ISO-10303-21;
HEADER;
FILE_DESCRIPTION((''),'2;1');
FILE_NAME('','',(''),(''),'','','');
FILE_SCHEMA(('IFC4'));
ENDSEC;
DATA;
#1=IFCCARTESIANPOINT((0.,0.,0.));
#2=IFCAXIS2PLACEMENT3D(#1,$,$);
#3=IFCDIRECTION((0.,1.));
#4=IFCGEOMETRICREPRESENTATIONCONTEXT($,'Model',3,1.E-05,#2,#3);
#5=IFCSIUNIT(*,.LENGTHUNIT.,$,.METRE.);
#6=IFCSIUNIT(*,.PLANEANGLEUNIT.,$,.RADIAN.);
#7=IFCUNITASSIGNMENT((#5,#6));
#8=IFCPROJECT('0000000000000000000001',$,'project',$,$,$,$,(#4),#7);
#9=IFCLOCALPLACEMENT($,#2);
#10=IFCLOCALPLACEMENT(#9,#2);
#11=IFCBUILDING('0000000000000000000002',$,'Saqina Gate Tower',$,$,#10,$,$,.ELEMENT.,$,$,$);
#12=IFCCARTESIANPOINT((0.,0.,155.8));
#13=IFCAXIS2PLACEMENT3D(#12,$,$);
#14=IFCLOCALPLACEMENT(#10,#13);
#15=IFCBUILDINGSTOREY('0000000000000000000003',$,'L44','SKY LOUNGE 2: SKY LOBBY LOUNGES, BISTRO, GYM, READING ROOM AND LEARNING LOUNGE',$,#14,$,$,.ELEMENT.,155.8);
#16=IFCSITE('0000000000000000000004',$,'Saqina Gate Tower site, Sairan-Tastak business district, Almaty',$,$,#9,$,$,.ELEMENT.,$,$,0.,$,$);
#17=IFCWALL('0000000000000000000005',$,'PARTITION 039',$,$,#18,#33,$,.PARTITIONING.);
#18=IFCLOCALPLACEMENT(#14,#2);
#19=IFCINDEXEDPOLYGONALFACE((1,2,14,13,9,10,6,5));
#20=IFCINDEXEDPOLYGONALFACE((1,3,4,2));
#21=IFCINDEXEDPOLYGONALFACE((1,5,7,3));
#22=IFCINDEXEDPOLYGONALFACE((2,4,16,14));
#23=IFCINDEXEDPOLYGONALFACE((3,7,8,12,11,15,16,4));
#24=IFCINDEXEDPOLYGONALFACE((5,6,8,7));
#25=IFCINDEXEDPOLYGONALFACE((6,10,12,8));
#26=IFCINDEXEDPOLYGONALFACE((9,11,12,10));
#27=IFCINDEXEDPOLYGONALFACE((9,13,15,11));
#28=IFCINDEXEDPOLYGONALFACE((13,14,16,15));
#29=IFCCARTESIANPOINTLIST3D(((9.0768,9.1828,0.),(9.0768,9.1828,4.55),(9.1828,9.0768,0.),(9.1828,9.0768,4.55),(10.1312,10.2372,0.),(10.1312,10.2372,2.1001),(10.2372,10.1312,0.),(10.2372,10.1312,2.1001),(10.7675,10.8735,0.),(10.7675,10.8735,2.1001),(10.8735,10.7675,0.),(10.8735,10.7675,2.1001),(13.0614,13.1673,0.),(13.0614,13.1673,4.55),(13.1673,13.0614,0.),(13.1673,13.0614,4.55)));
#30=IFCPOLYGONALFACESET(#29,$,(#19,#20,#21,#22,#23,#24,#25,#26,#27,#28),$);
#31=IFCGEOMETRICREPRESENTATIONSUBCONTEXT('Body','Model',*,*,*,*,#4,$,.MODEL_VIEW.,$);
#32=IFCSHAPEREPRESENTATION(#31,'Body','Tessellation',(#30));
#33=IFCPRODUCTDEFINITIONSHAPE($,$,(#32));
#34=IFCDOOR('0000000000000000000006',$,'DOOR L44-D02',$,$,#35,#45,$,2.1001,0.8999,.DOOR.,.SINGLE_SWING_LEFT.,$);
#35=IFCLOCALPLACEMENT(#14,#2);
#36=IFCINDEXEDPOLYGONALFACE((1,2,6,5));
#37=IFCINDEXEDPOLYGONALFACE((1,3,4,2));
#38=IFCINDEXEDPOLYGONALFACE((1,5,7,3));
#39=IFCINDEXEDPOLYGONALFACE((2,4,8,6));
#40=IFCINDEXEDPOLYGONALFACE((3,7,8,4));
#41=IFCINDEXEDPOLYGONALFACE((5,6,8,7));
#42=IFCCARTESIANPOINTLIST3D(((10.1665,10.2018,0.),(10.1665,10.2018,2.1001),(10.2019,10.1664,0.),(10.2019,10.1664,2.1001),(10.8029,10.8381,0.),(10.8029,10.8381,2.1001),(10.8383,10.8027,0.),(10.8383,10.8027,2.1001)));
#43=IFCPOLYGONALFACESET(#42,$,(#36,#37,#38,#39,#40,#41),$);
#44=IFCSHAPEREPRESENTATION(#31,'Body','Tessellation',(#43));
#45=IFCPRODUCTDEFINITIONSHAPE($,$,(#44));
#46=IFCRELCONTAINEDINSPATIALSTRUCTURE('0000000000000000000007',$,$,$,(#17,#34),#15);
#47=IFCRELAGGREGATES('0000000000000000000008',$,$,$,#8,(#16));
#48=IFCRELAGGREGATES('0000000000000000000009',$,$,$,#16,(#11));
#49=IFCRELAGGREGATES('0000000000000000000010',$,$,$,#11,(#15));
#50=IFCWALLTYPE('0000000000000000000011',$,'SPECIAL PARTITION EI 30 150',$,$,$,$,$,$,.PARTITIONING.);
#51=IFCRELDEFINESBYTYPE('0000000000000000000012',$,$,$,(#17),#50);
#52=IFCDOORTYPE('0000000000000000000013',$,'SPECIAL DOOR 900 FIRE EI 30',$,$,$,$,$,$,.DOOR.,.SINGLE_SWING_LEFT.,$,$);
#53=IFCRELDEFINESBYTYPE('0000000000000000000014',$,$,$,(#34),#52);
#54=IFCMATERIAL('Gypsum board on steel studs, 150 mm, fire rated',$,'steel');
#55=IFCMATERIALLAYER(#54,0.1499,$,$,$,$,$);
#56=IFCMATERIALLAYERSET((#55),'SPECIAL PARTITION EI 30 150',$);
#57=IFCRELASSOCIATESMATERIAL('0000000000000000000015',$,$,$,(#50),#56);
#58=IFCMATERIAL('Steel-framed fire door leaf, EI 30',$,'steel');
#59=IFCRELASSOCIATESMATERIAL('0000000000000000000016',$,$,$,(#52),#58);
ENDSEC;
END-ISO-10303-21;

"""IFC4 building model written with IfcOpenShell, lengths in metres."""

from ifc_helpers import new_model, si_unit, direction, frame, frame_2d, origin, place, context, subcontext, project, spatial, rectangle, extrude, material, layer, layer_set, type_object, element, fill, save


model = new_model("IFC4")

# Units and contexts
model_context = context("Model", 3, precision=1e-05, world=origin(), true_north=direction((0.0, 1.0)))
body_context = subcontext(model_context, "Body", "Model", "MODEL_VIEW")
ifc_project = project(units=[si_unit("LENGTHUNIT", "METRE"), si_unit("PLANEANGLEUNIT", "RADIAN")], contexts=[model_context])

# Site, building, storey
site_placement = place(None, origin())
site = spatial("IfcSite", under=ifc_project, at=site_placement, Name="Saqina Gate Tower site, Sairan-Tastak business district, Almaty", CompositionType="ELEMENT", RefElevation=0.0)
building_placement = place(site_placement, origin())
building = spatial("IfcBuilding", under=site, at=building_placement, Name="Saqina Gate Tower", CompositionType="ELEMENT")
storey_placement = place(building_placement, frame((0.0, 0.0, 155.8)))
storey = spatial("IfcBuildingStorey", under=building, at=storey_placement, Name="L44", Description="SKY LOUNGE 2: SKY LOBBY LOUNGES, BISTRO, GYM, READING ROOM AND LEARNING LOUNGE", CompositionType="ELEMENT", Elevation=155.8)

# Shared definitions
ifc_material_1 = material(Name="Gypsum board on steel studs, 150 mm, fire rated", Category="steel")
ifc_layer_1 = layer(ifc_material_1, 0.1499)
ifc_layer_set_1 = layer_set([ifc_layer_1], Name="SPECIAL PARTITION EI 30 150")
wall_type_1 = type_object("IfcWallType", Name="SPECIAL PARTITION EI 30 150", PredefinedType="PARTITIONING", material=ifc_layer_set_1)
ifc_material_2 = material(Name="Steel-framed fire door leaf, EI 30", Category="steel")
door_type_1 = type_object("IfcDoorType", Name="SPECIAL DOOR 900 FIRE EI 30", OperationType="SINGLE_SWING_LEFT", PredefinedType="DOOR", material=ifc_material_2)

# Wall, opening, door
wall_1_placement = place(storey_placement, frame((9.1299, 9.1299, 0.0), z_axis=(0.0, 0.0, 1.0), x_axis=(0.707107, 0.707107, 0.0)))
wall_1 = element("IfcWall", 1, at=wall_1_placement, inside=storey, type_object=wall_type_1, Name="PARTITION 039", PredefinedType="PARTITIONING", context=body_context, shape_type="SweptSolid", body=[
    extrude(rectangle(XDim=5.635, YDim=0.1499, at=frame_2d((2.8174, 0.0))), origin(), (0.0, 0.0, 1.0), 4.55),
])
opening_1_placement = place(wall_1_placement, frame((1.491, 0.0, 0.0)))
opening_1 = element("IfcOpeningElement", 2, at=opening_1_placement, cuts=wall_1, PredefinedType="OPENING", context=body_context, shape_type="SweptSolid", body=[
    extrude(rectangle(XDim=0.8999, YDim=2.1001, at=frame_2d((0.45, 1.05))), frame((0.0, 0.0869, 0.0), z_axis=(0.0, -1.0, 0.0), x_axis=(1.0, 0.0, 0.0)), (0.0, 0.0, 1.0), 0.1738),
])
door_1_placement = place(opening_1_placement, origin())
door_1 = element("IfcDoor", 3, at=door_1_placement, inside=storey, type_object=door_type_1, Name="DOOR L44-D02", OperationType="SINGLE_SWING_LEFT", OverallHeight=2.1001, OverallWidth=0.8999, PredefinedType="DOOR", context=body_context, shape_type="SweptSolid", body=[
    extrude(rectangle(XDim=0.8999, YDim=2.1001, at=frame_2d((0.45, 1.05))), frame((0.0, 0.0249, 0.0), z_axis=(0.0, -1.0, 0.0), x_axis=(1.0, 0.0, 0.0)), (0.0, 0.0, 1.0), 0.05),
])
fill(opening_1, door_1)

save(model, "model.ifc")
